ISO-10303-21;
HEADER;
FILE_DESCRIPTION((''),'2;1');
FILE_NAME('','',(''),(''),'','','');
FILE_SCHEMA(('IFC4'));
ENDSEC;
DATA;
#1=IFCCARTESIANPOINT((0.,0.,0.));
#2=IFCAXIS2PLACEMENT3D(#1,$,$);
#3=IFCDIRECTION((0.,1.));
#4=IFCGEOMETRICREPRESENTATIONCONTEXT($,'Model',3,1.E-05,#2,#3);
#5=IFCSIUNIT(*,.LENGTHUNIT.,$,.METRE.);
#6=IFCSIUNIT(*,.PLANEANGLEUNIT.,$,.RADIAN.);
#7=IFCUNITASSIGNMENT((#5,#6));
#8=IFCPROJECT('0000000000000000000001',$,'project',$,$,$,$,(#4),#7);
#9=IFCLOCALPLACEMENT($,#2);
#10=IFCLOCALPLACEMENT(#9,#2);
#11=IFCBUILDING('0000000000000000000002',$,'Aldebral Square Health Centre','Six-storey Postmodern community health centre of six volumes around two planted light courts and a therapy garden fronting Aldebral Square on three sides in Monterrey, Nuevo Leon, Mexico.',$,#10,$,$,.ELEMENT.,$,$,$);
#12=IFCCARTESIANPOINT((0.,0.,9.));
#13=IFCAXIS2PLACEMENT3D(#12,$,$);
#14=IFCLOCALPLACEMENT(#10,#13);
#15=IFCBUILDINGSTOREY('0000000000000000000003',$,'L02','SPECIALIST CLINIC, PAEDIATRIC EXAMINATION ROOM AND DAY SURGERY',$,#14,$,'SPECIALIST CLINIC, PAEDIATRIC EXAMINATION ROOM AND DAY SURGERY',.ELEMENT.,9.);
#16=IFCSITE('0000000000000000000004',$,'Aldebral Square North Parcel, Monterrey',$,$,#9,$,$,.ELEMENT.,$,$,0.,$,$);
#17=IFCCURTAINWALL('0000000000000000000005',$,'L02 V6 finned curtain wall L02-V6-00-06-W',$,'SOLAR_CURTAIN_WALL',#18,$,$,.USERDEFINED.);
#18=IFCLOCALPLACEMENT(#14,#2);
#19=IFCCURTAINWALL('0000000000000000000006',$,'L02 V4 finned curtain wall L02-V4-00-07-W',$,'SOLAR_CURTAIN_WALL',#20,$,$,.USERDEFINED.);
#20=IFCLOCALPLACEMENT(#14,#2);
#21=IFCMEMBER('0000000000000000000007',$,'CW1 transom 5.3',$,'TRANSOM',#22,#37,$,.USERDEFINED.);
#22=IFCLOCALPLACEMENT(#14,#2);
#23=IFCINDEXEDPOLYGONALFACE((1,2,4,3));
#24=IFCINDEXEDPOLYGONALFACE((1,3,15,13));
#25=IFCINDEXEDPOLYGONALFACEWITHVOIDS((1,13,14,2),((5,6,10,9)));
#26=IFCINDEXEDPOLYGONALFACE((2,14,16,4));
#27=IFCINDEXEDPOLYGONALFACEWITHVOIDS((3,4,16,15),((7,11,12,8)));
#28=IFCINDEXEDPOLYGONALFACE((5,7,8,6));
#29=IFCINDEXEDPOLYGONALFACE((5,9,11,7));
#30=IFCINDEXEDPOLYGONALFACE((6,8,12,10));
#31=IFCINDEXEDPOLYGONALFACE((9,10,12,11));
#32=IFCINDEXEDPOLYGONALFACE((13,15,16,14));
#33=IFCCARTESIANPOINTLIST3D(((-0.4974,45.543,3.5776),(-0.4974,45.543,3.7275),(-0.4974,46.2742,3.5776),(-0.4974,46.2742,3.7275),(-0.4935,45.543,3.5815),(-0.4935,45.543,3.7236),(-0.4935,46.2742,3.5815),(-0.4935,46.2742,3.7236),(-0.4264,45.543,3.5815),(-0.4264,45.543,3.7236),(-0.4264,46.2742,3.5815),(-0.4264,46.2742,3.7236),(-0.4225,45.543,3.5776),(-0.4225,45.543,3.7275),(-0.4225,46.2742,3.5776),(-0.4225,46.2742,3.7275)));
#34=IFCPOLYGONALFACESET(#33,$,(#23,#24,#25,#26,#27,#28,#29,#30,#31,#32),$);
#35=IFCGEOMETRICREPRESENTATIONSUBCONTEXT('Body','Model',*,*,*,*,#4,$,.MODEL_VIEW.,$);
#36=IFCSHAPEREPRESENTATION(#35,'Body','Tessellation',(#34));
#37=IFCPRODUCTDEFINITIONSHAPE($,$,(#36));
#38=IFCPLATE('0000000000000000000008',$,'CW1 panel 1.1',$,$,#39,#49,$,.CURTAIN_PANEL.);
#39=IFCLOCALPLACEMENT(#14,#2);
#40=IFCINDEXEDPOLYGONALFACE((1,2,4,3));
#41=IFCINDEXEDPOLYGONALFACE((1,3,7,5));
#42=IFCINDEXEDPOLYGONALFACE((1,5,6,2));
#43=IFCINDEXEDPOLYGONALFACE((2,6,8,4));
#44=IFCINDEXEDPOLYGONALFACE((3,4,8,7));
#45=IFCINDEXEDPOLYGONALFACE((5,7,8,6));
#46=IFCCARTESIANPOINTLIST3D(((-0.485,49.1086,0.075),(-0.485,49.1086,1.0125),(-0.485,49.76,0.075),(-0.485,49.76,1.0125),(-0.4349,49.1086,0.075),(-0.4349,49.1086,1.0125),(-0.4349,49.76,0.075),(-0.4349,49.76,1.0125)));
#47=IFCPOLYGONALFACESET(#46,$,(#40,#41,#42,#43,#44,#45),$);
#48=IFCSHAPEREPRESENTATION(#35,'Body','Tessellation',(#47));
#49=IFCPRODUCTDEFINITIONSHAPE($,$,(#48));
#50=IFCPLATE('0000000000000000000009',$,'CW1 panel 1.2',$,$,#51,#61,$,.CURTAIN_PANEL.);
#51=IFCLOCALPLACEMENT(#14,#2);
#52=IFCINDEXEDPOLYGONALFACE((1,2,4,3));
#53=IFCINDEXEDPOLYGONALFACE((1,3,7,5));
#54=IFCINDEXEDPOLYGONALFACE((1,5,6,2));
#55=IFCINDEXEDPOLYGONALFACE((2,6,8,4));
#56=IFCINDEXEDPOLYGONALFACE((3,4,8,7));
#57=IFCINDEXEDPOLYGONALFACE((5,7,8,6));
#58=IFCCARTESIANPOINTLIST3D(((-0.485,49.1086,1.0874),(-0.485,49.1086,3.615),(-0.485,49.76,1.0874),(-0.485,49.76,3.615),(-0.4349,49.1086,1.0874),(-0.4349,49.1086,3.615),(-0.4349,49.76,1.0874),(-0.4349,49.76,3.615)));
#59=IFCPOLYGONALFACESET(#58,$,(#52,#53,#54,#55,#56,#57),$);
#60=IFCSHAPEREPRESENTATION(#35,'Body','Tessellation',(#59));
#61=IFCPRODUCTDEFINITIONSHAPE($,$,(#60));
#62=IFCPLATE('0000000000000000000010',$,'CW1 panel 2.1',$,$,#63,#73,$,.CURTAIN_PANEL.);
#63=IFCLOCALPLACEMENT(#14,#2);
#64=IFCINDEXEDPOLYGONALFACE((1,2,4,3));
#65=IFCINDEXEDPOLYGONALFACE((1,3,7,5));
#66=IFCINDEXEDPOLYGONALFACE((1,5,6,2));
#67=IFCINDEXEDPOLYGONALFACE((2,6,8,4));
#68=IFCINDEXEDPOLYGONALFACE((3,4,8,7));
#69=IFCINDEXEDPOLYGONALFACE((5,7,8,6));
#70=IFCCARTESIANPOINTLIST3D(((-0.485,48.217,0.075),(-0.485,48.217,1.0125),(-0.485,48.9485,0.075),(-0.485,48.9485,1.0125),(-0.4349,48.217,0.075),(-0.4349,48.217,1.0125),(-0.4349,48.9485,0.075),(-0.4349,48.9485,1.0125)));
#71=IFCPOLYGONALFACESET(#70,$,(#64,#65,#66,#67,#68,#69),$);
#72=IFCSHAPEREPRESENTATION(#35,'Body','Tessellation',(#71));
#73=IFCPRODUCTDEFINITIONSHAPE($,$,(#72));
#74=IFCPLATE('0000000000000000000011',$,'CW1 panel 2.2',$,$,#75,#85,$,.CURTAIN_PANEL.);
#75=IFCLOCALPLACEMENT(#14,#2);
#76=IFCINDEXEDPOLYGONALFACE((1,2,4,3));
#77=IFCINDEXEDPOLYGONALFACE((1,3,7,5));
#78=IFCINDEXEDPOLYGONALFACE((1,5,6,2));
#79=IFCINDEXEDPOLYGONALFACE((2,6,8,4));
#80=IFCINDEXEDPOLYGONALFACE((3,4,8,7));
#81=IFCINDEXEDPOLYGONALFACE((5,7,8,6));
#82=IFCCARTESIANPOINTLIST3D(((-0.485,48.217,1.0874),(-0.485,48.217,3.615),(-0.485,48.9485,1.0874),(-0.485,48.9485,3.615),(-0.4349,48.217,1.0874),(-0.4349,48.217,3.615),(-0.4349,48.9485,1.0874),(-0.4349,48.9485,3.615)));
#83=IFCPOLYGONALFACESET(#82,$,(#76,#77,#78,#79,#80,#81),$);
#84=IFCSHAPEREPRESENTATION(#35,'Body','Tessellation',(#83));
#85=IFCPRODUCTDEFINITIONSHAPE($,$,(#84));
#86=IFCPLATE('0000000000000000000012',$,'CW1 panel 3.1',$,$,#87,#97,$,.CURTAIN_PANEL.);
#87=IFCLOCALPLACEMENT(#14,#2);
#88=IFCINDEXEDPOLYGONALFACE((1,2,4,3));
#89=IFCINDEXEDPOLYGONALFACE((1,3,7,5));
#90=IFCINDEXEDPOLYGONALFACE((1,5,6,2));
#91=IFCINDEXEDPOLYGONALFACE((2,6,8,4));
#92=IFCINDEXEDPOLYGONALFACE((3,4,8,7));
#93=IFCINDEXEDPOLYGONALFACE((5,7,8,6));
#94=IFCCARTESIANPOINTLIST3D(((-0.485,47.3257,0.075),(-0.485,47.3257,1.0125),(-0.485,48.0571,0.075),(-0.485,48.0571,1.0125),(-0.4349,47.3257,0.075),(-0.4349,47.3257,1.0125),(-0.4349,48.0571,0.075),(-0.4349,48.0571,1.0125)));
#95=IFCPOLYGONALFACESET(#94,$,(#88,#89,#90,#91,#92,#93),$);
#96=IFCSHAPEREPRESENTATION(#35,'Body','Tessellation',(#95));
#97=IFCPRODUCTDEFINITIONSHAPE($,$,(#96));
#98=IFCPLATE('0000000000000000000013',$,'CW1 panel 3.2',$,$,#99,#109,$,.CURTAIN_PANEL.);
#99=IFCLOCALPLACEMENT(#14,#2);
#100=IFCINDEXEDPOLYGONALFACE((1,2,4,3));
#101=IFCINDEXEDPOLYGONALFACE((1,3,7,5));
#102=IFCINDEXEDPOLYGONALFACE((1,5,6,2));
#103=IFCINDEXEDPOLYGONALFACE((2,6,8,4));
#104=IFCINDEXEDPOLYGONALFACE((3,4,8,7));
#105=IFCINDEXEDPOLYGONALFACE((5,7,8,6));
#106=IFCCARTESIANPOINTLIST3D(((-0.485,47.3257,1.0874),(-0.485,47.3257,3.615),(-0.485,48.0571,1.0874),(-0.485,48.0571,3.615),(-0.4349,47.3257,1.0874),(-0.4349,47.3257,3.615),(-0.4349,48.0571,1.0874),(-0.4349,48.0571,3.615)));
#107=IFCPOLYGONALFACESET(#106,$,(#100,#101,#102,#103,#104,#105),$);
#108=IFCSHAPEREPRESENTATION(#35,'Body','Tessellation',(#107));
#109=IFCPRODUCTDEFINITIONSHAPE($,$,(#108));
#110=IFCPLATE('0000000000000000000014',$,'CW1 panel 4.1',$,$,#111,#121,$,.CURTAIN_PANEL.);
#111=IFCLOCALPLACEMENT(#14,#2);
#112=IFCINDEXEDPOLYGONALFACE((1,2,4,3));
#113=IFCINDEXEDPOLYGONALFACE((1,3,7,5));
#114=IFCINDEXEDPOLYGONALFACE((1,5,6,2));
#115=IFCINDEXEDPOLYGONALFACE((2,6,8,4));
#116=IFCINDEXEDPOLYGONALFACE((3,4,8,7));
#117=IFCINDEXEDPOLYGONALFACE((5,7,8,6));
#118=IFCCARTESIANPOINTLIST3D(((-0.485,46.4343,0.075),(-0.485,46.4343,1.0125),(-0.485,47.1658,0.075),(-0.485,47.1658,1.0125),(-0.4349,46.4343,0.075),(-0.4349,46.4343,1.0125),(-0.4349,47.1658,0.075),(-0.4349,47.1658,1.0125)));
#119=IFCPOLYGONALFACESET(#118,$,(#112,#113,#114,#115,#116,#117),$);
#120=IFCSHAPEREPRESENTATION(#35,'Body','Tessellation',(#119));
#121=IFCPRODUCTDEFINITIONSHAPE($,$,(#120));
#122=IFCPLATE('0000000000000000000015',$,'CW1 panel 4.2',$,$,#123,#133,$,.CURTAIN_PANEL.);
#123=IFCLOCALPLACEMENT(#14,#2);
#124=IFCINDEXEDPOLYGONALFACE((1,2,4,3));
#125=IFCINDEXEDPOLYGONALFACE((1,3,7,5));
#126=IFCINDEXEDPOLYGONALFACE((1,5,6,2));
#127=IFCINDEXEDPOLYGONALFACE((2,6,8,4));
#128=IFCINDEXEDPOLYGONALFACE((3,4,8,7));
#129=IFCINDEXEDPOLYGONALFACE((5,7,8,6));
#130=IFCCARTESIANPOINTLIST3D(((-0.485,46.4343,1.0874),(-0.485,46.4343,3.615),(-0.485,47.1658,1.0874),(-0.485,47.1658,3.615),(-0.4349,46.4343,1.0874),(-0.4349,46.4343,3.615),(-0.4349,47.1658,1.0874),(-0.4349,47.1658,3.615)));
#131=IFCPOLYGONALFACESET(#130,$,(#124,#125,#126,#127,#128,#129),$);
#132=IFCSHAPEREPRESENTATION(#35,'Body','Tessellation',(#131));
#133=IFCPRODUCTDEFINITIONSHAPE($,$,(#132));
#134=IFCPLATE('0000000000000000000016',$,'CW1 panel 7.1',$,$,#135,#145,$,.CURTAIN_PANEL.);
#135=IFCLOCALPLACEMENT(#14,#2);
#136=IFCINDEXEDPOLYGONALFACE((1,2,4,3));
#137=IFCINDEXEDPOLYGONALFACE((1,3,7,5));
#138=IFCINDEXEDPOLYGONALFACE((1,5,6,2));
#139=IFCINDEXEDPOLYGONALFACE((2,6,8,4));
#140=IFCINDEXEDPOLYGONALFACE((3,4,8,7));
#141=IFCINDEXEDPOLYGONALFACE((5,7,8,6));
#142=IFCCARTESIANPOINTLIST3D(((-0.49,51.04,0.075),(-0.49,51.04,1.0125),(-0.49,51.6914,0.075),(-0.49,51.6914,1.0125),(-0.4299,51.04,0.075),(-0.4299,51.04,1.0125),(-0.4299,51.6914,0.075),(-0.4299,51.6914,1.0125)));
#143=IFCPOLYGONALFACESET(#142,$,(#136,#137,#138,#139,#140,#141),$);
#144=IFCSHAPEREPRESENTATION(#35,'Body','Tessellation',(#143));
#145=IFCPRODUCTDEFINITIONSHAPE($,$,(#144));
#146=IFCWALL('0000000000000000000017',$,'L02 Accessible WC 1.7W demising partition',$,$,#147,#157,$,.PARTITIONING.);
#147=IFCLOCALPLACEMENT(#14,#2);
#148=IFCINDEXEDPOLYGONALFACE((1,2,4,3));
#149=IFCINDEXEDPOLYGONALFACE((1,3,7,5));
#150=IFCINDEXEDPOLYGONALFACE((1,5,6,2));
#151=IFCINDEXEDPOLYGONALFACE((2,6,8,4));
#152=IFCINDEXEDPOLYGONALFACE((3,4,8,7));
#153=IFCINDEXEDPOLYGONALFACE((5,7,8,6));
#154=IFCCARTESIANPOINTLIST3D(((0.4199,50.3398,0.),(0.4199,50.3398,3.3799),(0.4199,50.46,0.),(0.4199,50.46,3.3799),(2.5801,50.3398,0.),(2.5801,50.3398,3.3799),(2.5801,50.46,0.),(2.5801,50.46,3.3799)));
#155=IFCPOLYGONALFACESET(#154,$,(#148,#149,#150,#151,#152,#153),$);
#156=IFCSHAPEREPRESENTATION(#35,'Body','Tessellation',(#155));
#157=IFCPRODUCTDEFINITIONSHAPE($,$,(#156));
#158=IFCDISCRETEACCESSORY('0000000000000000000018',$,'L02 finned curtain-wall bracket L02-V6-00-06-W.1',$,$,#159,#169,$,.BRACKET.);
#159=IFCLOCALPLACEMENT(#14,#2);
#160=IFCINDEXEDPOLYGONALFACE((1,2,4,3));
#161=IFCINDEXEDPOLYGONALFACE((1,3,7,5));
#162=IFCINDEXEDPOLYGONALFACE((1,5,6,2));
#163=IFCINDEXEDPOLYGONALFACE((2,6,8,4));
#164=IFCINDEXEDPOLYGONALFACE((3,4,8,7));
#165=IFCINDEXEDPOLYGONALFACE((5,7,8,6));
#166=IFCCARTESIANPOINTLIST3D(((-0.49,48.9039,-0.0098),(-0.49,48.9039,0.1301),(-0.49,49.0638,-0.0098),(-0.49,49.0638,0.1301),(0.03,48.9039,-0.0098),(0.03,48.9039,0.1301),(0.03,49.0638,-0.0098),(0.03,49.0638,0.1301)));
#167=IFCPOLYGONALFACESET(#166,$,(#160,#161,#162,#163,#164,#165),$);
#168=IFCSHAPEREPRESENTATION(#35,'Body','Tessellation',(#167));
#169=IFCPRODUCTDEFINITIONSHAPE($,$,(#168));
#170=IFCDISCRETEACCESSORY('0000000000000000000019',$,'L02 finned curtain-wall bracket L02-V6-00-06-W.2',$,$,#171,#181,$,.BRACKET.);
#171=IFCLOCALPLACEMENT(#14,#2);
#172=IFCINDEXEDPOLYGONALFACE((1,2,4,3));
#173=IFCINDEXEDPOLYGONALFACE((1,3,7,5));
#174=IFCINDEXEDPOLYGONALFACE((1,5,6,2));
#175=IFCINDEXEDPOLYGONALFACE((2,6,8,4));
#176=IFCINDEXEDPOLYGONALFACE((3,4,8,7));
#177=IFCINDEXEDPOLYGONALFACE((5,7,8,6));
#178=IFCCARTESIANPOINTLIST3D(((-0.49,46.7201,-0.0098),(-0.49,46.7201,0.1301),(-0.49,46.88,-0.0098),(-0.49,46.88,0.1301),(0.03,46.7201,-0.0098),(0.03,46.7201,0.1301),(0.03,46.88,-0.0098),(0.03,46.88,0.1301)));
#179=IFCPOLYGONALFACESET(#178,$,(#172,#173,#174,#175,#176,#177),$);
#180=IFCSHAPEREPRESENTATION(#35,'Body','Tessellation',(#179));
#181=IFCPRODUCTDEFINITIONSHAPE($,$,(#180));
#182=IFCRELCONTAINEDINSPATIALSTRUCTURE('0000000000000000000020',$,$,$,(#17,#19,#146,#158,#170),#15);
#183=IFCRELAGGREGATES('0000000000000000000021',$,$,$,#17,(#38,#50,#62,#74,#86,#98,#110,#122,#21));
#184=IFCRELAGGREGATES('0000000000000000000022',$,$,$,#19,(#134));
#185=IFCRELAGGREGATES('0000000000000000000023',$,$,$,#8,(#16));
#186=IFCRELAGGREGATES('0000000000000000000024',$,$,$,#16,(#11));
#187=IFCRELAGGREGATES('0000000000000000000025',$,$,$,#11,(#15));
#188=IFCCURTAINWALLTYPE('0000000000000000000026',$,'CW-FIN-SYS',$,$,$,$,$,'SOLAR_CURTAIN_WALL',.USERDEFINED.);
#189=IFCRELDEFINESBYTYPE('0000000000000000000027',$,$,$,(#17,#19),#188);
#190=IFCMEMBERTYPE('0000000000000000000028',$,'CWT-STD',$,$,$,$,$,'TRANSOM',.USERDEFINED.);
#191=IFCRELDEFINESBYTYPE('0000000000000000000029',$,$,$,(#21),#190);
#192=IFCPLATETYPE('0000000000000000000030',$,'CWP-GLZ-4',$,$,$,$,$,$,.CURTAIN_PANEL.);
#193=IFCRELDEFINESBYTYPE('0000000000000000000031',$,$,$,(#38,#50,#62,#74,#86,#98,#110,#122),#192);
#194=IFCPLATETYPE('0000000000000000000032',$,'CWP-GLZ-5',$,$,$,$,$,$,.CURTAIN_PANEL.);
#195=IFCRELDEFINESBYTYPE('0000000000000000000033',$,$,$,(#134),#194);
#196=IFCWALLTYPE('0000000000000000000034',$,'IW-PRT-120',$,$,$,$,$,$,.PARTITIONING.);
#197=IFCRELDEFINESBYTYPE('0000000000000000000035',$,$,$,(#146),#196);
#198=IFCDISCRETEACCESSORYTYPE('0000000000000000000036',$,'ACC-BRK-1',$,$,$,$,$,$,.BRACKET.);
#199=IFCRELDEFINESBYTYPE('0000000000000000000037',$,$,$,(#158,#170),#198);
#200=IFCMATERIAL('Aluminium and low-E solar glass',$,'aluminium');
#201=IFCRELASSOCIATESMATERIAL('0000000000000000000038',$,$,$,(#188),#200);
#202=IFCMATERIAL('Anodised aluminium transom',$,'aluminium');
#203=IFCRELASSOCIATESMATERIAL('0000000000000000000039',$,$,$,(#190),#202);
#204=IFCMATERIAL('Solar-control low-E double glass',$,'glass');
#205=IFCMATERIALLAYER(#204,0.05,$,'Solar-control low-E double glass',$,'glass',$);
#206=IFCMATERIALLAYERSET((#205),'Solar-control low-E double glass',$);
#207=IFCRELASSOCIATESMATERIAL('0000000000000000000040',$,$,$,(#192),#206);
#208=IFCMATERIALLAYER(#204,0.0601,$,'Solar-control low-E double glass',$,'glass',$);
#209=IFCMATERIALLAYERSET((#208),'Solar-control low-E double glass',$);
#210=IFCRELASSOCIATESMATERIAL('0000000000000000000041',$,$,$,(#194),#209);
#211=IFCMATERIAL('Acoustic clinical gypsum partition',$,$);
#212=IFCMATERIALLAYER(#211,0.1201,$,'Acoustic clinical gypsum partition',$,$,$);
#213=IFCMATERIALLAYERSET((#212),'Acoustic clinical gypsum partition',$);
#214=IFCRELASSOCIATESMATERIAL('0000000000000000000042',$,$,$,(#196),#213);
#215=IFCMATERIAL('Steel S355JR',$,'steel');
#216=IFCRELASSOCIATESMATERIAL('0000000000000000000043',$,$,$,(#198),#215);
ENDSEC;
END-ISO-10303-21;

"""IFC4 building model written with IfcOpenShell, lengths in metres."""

from ifc_helpers import new_model, si_unit, direction, frame, frame_2d, origin, origin_2d, place, context, subcontext, project, spatial, rectangle, hollow_rectangle, extrude, material, layer, layer_set, material_profile, profile_set, type_object, element, aggregate, save


model = new_model("IFC4")

# Units and contexts
model_context = context("Model", 3, precision=1e-05, world=origin(), true_north=direction((0.0, 1.0)))
body_context = subcontext(model_context, "Body", "Model", "MODEL_VIEW")
ifc_project = project(units=[si_unit("LENGTHUNIT", "METRE"), si_unit("PLANEANGLEUNIT", "RADIAN")], contexts=[model_context])

# Site, building, storey
site_placement = place(None, origin())
site = spatial("IfcSite", under=ifc_project, at=site_placement, Name="Aldebral Square North Parcel, Monterrey", CompositionType="ELEMENT", RefElevation=0.0)
building_placement = place(site_placement, origin())
building = spatial("IfcBuilding", under=site, at=building_placement, Name="Aldebral Square Health Centre", Description="Six-storey Postmodern community health centre of six volumes around two planted light courts and a therapy garden fronting Aldebral Square on three sides in Monterrey, Nuevo Leon, Mexico.", CompositionType="ELEMENT")
storey_placement = place(building_placement, frame((0.0, 0.0, 9.0)))
storey = spatial("IfcBuildingStorey", under=building, at=storey_placement, Name="L02", Description="SPECIALIST CLINIC, PAEDIATRIC EXAMINATION ROOM AND DAY SURGERY", LongName="SPECIALIST CLINIC, PAEDIATRIC EXAMINATION ROOM AND DAY SURGERY", CompositionType="ELEMENT", Elevation=9.0)

# Curtain wall
ifc_material_1 = material(Name="Aluminium and low-E solar glass", Category="aluminium")
curtain_wall_type = type_object("IfcCurtainWallType", Name="CW-FIN-SYS", ElementType="SOLAR_CURTAIN_WALL", PredefinedType="USERDEFINED", material=ifc_material_1)
curtain_wall_1_placement = place(storey_placement, origin())
curtain_wall_1 = element("IfcCurtainWall", 1, at=curtain_wall_1_placement, inside=storey, type_object=curtain_wall_type, Name="L02 V6 finned curtain wall L02-V6-00-06-W", ObjectType="SOLAR_CURTAIN_WALL", PredefinedType="USERDEFINED")

# Curtain wall
curtain_wall_2_placement = place(storey_placement, origin())
curtain_wall_2 = element("IfcCurtainWall", 2, at=curtain_wall_2_placement, inside=storey, type_object=curtain_wall_type, Name="L02 V4 finned curtain wall L02-V4-00-07-W", ObjectType="SOLAR_CURTAIN_WALL", PredefinedType="USERDEFINED")

# Member
ifc_material_2 = material(Name="Anodised aluminium transom", Category="aluminium")
ifc_material_profile_1 = material_profile(ifc_material_2, hollow_rectangle(XDim=0.075, YDim=0.1499, WallThickness=0.0039, at=origin_2d()), Name="CWT 75x150x4")
ifc_profile_set_1 = profile_set([ifc_material_profile_1], Name="Anodised aluminium transom")
member_type_1 = type_object("IfcMemberType", Name="CWT-STD", ElementType="TRANSOM", PredefinedType="USERDEFINED", material=ifc_profile_set_1)
member_1_placement = place(storey_placement, frame((-0.46, 46.2742, 3.6526), z_axis=(0.0, -1.0, 0.0), x_axis=(1.0, 0.0, 0.0)))
member_1 = element("IfcMember", 3, at=member_1_placement, type_object=member_type_1, Name="CW1 transom 5.3", ObjectType="TRANSOM", PredefinedType="USERDEFINED", context=body_context, shape_type="SweptSolid", body=[
    extrude(hollow_rectangle(XDim=0.075, YDim=0.1499, WallThickness=0.0039, at=origin_2d()), origin(), (0.0, 0.0, 1.0), 0.7312),
])

# Plates
ifc_material_3 = material(Name="Solar-control low-E double glass", Category="glass")
ifc_layer_1 = layer(ifc_material_3, 0.05, Name="Solar-control low-E double glass", Category="glass")
ifc_layer_set_1 = layer_set([ifc_layer_1], Name="Solar-control low-E double glass")
plate_type_1 = type_object("IfcPlateType", Name="CWP-GLZ-4", PredefinedType="CURTAIN_PANEL", material=ifc_layer_set_1)
plate_1_placement = place(storey_placement, frame((-0.46, 49.4343, 0.075), z_axis=(0.0, 0.0, 1.0), x_axis=(0.0, -1.0, 0.0)))
plate_1 = element("IfcPlate", 4, at=plate_1_placement, type_object=plate_type_1, Name="CW1 panel 1.1", PredefinedType="CURTAIN_PANEL", context=body_context, shape_type="SweptSolid", body=[
    extrude(rectangle(XDim=0.6514, YDim=0.05, at=origin_2d()), origin(), (0.0, 0.0, 1.0), 0.9375),
])
plate_2_placement = place(storey_placement, frame((-0.46, 49.4343, 1.0874), z_axis=(0.0, 0.0, 1.0), x_axis=(0.0, -1.0, 0.0)))
plate_2 = element("IfcPlate", 5, at=plate_2_placement, type_object=plate_type_1, Name="CW1 panel 1.2", PredefinedType="CURTAIN_PANEL", context=body_context, shape_type="SweptSolid", body=[
    extrude(rectangle(XDim=0.6514, YDim=0.05, at=origin_2d()), origin(), (0.0, 0.0, 1.0), 2.5276),
])
plate_3_placement = place(storey_placement, frame((-0.46, 48.5828, 0.075), z_axis=(0.0, 0.0, 1.0), x_axis=(0.0, -1.0, 0.0)))
plate_3 = element("IfcPlate", 6, at=plate_3_placement, type_object=plate_type_1, Name="CW1 panel 2.1", PredefinedType="CURTAIN_PANEL", context=body_context, shape_type="SweptSolid", body=[
    extrude(rectangle(XDim=0.7314, YDim=0.05, at=origin_2d()), origin(), (0.0, 0.0, 1.0), 0.9375),
])
plate_4_placement = place(storey_placement, frame((-0.46, 48.5828, 1.0874), z_axis=(0.0, 0.0, 1.0), x_axis=(0.0, -1.0, 0.0)))
plate_4 = element("IfcPlate", 7, at=plate_4_placement, type_object=plate_type_1, Name="CW1 panel 2.2", PredefinedType="CURTAIN_PANEL", context=body_context, shape_type="SweptSolid", body=[
    extrude(rectangle(XDim=0.7314, YDim=0.05, at=origin_2d()), origin(), (0.0, 0.0, 1.0), 2.5276),
])
plate_5_placement = place(storey_placement, frame((-0.46, 47.6914, 0.075), z_axis=(0.0, 0.0, 1.0), x_axis=(0.0, -1.0, 0.0)))
plate_5 = element("IfcPlate", 8, at=plate_5_placement, type_object=plate_type_1, Name="CW1 panel 3.1", PredefinedType="CURTAIN_PANEL", context=body_context, shape_type="SweptSolid", body=[
    extrude(rectangle(XDim=0.7314, YDim=0.05, at=origin_2d()), origin(), (0.0, 0.0, 1.0), 0.9375),
])
plate_6_placement = place(storey_placement, frame((-0.46, 47.6914, 1.0874), z_axis=(0.0, 0.0, 1.0), x_axis=(0.0, -1.0, 0.0)))
plate_6 = element("IfcPlate", 9, at=plate_6_placement, type_object=plate_type_1, Name="CW1 panel 3.2", PredefinedType="CURTAIN_PANEL", context=body_context, shape_type="SweptSolid", body=[
    extrude(rectangle(XDim=0.7314, YDim=0.05, at=origin_2d()), origin(), (0.0, 0.0, 1.0), 2.5276),
])
plate_7_placement = place(storey_placement, frame((-0.46, 46.8, 0.075), z_axis=(0.0, 0.0, 1.0), x_axis=(0.0, -1.0, 0.0)))
plate_7 = element("IfcPlate", 10, at=plate_7_placement, type_object=plate_type_1, Name="CW1 panel 4.1", PredefinedType="CURTAIN_PANEL", context=body_context, shape_type="SweptSolid", body=[
    extrude(rectangle(XDim=0.7314, YDim=0.05, at=origin_2d()), origin(), (0.0, 0.0, 1.0), 0.9375),
])
plate_8_placement = place(storey_placement, frame((-0.46, 46.8, 1.0874), z_axis=(0.0, 0.0, 1.0), x_axis=(0.0, -1.0, 0.0)))
plate_8 = element("IfcPlate", 11, at=plate_8_placement, type_object=plate_type_1, Name="CW1 panel 4.2", PredefinedType="CURTAIN_PANEL", context=body_context, shape_type="SweptSolid", body=[
    extrude(rectangle(XDim=0.7314, YDim=0.05, at=origin_2d()), origin(), (0.0, 0.0, 1.0), 2.5276),
])
aggregate(curtain_wall_1, [plate_1, plate_2, plate_3, plate_4, plate_5, plate_6, plate_7, plate_8, member_1])
ifc_layer_2 = layer(ifc_material_3, 0.0601, Name="Solar-control low-E double glass", Category="glass")
ifc_layer_set_2 = layer_set([ifc_layer_2], Name="Solar-control low-E double glass")
plate_type_2 = type_object("IfcPlateType", Name="CWP-GLZ-5", PredefinedType="CURTAIN_PANEL", material=ifc_layer_set_2)
plate_9_placement = place(storey_placement, frame((-0.46, 51.3657, 0.075), z_axis=(0.0, 0.0, 1.0), x_axis=(0.0, -1.0, 0.0)))
plate_9 = element("IfcPlate", 12, at=plate_9_placement, type_object=plate_type_2, Name="CW1 panel 7.1", PredefinedType="CURTAIN_PANEL", context=body_context, shape_type="SweptSolid", body=[
    extrude(rectangle(XDim=0.6514, YDim=0.0601, at=origin_2d()), origin(), (0.0, 0.0, 1.0), 0.9375),
])
aggregate(curtain_wall_2, [plate_9])

# Wall
ifc_material_4 = material(Name="Acoustic clinical gypsum partition")
ifc_layer_3 = layer(ifc_material_4, 0.1201, Name="Acoustic clinical gypsum partition")
ifc_layer_set_3 = layer_set([ifc_layer_3], Name="Acoustic clinical gypsum partition")
wall_type = type_object("IfcWallType", Name="IW-PRT-120", PredefinedType="PARTITIONING", material=ifc_layer_set_3)
wall_placement = place(storey_placement, frame((0.4199, 50.3999, 0.0), z_axis=(0.0, 0.0, 1.0), x_axis=(1.0, 0.0, 0.0)))
element("IfcWall", 13, at=wall_placement, inside=storey, type_object=wall_type, Name="L02 Accessible WC 1.7W demising partition", PredefinedType="PARTITIONING", context=body_context, shape_type="SweptSolid", body=[
    extrude(rectangle(XDim=2.1602, YDim=0.1201, at=frame_2d((1.0801, 0.0))), origin(), (0.0, 0.0, 1.0), 3.3799),
])

# Discrete accessories
ifc_material_5 = material(Name="Steel S355JR", Category="steel")
discrete_accessory_type = type_object("IfcDiscreteAccessoryType", Name="ACC-BRK-1", PredefinedType="BRACKET", material=ifc_material_5)
for number, where, z_axis, x_axis, name in (
    (14, (-0.23, 48.9839, -0.0098), (0.0, 0.0, 1.0), (0.0, 1.0, 0.0), "L02 finned curtain-wall bracket L02-V6-00-06-W.1"),
    (15, (-0.23, 46.8, -0.0098), (0.0, 0.0, 1.0), (0.0, 1.0, 0.0), "L02 finned curtain-wall bracket L02-V6-00-06-W.2"),
):
    element("IfcDiscreteAccessory", number, at=place(storey_placement, frame(where, z_axis=z_axis, x_axis=x_axis)), inside=storey, type_object=discrete_accessory_type, Name=name, PredefinedType="BRACKET", context=body_context, shape_type="SweptSolid", body=[
        extrude(rectangle(XDim=0.1599, YDim=0.52, at=origin_2d()), origin(), (0.0, 0.0, 1.0), 0.1399),
    ])

save(model, "model.ifc")
